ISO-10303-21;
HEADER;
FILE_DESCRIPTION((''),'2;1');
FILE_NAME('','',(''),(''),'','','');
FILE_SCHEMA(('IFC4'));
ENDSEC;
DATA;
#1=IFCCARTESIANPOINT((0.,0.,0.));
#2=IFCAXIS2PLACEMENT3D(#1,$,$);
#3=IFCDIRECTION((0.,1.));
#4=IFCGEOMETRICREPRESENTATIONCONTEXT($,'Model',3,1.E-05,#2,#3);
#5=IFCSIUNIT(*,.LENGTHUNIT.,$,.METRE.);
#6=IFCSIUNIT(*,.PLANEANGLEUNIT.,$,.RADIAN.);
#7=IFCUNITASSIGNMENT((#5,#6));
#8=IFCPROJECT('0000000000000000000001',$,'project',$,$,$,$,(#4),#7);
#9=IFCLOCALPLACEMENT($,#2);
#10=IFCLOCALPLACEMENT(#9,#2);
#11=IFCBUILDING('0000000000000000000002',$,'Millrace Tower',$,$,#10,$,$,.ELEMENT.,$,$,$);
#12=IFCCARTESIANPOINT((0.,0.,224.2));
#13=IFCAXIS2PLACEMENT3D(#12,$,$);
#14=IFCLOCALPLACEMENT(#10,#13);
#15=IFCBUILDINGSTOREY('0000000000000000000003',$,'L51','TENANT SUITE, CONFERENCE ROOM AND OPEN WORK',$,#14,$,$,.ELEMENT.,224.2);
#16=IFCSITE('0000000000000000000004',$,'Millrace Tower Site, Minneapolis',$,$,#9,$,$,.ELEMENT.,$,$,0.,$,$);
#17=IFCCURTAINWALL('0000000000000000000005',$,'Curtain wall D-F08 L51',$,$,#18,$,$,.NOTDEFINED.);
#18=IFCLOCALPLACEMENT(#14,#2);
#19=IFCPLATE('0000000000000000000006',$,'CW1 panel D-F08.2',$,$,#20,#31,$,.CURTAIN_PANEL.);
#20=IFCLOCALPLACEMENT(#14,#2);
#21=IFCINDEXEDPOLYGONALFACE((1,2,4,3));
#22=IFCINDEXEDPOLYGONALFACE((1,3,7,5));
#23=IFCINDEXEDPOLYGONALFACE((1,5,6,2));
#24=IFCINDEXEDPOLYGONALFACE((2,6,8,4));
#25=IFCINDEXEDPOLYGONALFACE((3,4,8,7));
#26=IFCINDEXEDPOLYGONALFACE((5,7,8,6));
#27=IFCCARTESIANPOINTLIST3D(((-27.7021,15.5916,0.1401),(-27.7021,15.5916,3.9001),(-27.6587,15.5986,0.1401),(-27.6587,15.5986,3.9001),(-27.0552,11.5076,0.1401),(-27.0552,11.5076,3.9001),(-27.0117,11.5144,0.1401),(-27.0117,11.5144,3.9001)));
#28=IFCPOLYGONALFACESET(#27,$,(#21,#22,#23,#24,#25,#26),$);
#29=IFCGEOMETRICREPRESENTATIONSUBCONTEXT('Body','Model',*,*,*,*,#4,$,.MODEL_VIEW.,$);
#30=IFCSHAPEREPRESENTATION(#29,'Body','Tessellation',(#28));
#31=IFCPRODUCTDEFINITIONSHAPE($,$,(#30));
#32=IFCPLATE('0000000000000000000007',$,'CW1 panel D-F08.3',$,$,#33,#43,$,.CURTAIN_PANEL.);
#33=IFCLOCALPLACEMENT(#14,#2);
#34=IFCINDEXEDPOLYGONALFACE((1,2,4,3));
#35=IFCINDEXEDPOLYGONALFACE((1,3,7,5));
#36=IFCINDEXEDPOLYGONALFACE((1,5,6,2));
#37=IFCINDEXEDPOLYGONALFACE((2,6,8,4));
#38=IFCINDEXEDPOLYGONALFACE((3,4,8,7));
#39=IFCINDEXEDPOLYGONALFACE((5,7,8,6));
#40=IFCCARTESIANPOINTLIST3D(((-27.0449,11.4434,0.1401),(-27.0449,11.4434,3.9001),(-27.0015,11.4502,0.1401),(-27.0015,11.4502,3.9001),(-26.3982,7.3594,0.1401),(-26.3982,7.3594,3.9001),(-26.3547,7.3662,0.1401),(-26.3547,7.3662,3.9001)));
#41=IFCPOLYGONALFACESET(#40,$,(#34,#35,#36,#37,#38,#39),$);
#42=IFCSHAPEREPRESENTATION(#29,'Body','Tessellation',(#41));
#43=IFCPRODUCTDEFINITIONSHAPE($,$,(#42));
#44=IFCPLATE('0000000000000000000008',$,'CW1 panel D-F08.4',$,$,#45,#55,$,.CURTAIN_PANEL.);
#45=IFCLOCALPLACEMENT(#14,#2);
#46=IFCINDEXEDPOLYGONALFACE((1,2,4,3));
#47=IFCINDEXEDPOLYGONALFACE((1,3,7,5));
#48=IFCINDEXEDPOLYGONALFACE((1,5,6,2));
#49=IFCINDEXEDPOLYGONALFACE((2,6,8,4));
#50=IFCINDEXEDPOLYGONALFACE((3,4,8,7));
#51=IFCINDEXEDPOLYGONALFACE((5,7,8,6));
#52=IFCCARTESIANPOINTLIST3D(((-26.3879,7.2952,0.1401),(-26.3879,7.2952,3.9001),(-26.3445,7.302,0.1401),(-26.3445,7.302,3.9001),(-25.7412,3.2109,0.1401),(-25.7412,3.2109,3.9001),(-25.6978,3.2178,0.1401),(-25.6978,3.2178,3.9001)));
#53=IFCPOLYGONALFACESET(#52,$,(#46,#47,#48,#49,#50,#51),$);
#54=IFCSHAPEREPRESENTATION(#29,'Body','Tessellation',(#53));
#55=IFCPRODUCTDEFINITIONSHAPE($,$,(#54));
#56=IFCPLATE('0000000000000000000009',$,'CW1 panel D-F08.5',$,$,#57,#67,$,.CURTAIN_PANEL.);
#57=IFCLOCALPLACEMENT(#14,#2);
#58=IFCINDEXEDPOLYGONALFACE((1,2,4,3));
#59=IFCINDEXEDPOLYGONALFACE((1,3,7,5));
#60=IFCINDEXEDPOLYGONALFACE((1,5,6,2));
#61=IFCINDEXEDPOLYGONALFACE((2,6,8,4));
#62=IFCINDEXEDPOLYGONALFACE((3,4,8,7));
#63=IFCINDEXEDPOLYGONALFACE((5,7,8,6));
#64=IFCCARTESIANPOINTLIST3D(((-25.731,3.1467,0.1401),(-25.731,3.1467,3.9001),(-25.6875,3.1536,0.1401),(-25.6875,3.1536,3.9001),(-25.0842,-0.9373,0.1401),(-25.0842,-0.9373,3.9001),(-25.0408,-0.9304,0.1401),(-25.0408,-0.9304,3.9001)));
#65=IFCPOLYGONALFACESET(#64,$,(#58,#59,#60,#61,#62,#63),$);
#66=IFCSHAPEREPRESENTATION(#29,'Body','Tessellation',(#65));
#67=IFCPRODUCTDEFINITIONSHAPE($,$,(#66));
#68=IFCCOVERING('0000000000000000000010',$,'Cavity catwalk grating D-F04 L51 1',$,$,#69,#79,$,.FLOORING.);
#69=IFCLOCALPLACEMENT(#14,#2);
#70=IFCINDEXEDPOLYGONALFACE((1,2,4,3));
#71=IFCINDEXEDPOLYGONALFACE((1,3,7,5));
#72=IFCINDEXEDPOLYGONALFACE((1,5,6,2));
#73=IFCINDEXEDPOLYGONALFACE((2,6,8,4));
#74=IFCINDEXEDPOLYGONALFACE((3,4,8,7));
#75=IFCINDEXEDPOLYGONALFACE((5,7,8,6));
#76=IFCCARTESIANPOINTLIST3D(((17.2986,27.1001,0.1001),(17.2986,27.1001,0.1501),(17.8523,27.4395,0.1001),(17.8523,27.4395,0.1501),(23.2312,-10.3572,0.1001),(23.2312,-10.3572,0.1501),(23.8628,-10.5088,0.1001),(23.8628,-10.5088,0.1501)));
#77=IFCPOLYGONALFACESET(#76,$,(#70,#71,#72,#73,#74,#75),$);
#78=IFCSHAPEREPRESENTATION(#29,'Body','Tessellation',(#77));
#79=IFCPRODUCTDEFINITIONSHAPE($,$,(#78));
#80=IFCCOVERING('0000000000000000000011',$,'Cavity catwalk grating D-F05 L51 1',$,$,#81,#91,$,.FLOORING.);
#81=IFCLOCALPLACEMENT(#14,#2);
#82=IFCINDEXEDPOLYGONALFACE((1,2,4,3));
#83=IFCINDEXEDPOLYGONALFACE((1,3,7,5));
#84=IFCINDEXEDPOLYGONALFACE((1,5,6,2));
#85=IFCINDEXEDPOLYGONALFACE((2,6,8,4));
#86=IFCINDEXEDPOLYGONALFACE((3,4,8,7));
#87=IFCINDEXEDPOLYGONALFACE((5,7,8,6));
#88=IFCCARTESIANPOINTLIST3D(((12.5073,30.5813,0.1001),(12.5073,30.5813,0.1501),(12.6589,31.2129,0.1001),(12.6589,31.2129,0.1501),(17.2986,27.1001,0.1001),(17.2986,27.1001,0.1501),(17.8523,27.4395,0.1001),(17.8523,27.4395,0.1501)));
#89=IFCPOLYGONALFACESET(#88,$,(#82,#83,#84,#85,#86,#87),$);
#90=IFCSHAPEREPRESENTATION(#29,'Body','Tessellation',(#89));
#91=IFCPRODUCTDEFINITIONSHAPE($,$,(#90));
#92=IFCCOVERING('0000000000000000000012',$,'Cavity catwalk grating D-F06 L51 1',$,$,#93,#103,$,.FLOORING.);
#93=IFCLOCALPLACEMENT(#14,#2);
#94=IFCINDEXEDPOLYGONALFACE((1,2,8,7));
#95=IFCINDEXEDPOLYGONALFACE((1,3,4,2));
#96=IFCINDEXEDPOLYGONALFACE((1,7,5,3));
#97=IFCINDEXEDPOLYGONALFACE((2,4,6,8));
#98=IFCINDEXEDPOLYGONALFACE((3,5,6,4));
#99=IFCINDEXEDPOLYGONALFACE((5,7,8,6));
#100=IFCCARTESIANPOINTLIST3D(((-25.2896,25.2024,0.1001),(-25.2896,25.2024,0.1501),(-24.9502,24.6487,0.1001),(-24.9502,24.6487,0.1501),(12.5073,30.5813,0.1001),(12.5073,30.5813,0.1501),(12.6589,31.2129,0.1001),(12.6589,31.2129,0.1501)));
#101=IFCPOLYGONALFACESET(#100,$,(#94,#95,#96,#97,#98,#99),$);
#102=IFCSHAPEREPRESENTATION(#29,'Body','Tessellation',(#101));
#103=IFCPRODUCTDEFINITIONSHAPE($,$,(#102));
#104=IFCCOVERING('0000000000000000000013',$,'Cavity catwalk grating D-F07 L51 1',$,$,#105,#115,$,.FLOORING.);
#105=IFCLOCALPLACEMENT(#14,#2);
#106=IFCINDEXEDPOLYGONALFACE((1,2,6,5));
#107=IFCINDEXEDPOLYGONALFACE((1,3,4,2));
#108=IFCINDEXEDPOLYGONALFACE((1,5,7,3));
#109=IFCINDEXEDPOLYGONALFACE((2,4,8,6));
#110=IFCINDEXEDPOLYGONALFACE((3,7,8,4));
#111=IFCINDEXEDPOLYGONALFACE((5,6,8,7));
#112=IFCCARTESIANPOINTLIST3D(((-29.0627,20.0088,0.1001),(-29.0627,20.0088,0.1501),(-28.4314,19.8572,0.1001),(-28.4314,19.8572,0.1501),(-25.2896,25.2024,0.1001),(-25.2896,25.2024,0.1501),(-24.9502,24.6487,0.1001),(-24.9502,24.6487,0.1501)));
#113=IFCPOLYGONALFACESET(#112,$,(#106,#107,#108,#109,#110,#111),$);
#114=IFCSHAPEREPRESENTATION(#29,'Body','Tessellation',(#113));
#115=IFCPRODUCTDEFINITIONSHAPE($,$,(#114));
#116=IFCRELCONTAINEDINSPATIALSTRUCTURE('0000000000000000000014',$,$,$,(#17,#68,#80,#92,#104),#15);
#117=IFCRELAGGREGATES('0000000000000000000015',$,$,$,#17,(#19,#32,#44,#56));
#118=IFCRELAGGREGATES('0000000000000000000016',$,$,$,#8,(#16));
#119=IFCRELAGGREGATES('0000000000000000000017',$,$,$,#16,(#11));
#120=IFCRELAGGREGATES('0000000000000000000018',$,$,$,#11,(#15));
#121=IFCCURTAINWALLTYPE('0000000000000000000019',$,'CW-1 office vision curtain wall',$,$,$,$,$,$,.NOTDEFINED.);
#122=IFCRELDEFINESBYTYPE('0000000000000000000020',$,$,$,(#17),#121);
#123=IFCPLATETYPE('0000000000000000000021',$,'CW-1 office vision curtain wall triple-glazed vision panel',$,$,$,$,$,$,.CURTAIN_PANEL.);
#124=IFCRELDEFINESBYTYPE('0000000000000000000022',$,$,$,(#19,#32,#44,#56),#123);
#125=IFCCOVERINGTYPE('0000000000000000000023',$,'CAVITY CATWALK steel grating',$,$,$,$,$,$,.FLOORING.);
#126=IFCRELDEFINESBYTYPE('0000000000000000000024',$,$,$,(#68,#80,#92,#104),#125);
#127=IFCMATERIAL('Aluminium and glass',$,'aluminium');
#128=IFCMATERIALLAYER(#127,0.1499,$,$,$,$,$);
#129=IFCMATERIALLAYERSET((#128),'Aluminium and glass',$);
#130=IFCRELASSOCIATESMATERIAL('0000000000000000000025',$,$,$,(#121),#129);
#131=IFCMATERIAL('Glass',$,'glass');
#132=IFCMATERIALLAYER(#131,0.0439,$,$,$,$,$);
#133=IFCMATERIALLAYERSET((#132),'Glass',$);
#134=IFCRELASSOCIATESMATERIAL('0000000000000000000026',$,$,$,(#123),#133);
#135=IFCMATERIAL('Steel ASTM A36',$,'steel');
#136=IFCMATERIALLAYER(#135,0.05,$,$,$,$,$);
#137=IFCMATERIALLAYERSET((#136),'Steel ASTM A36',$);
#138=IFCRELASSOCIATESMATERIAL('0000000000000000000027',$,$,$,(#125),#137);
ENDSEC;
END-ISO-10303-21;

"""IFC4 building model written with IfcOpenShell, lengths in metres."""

from ifc_helpers import new_model, si_unit, direction, frame, origin, place, context, subcontext, project, spatial, polyline, outline, extrude, material, layer, layer_set, type_object, element, aggregate, save


model = new_model("IFC4")

# Units and contexts
model_context = context("Model", 3, precision=1e-05, world=origin(), true_north=direction((0.0, 1.0)))
body_context = subcontext(model_context, "Body", "Model", "MODEL_VIEW")
ifc_project = project(units=[si_unit("LENGTHUNIT", "METRE"), si_unit("PLANEANGLEUNIT", "RADIAN")], contexts=[model_context])

# Site, building, storey
site_placement = place(None, origin())
site = spatial("IfcSite", under=ifc_project, at=site_placement, Name="Millrace Tower Site, Minneapolis", CompositionType="ELEMENT", RefElevation=0.0)
building_placement = place(site_placement, origin())
building = spatial("IfcBuilding", under=site, at=building_placement, Name="Millrace Tower", CompositionType="ELEMENT")
storey_placement = place(building_placement, frame((0.0, 0.0, 224.2)))
storey = spatial("IfcBuildingStorey", under=building, at=storey_placement, Name="L51", Description="TENANT SUITE, CONFERENCE ROOM AND OPEN WORK", CompositionType="ELEMENT", Elevation=224.2)

# Shared definitions
ifc_material_1 = material(Name="Aluminium and glass", Category="aluminium")
ifc_layer_1 = layer(ifc_material_1, 0.1499)
ifc_layer_set_1 = layer_set([ifc_layer_1], Name="Aluminium and glass")
curtain_wall_type = type_object("IfcCurtainWallType", Name="CW-1 office vision curtain wall", PredefinedType="NOTDEFINED", material=ifc_layer_set_1)
placement_1 = place(storey_placement, origin())
ifc_material_2 = material(Name="Glass", Category="glass")
ifc_layer_2 = layer(ifc_material_2, 0.0439)
ifc_layer_set_2 = layer_set([ifc_layer_2], Name="Glass")
plate_type = type_object("IfcPlateType", Name="CW-1 office vision curtain wall triple-glazed vision panel", PredefinedType="CURTAIN_PANEL", material=ifc_layer_set_2)
placement_2 = place(storey_placement, frame((0.0, 0.0, 0.1401)))

# Curtain wall, plates
curtain_wall_1 = element("IfcCurtainWall", 1, at=placement_1, inside=storey, type_object=curtain_wall_type, Name="Curtain wall D-F08 L51", PredefinedType="NOTDEFINED")
plate_1 = element("IfcPlate", 2, at=placement_2, type_object=plate_type, Name="CW1 panel D-F08.2", PredefinedType="CURTAIN_PANEL", context=body_context, shape_type="SweptSolid", body=[
    extrude(outline(polyline([(-27.7021, 15.5916), (-27.0552, 11.5076), (-27.0117, 11.5144), (-27.6587, 15.5986), (-27.7021, 15.5916)])), origin(), (0.0, 0.0, 1.0), 3.76),
])
plate_2 = element("IfcPlate", 3, at=placement_2, type_object=plate_type, Name="CW1 panel D-F08.3", PredefinedType="CURTAIN_PANEL", context=body_context, shape_type="SweptSolid", body=[
    extrude(outline(polyline([(-27.0449, 11.4434), (-26.3982, 7.3594), (-26.3547, 7.3662), (-27.0015, 11.4502), (-27.0449, 11.4434)])), origin(), (0.0, 0.0, 1.0), 3.76),
])
plate_3 = element("IfcPlate", 4, at=placement_2, type_object=plate_type, Name="CW1 panel D-F08.4", PredefinedType="CURTAIN_PANEL", context=body_context, shape_type="SweptSolid", body=[
    extrude(outline(polyline([(-26.3879, 7.2952), (-25.7412, 3.2109), (-25.6978, 3.2178), (-26.3445, 7.302), (-26.3879, 7.2952)])), origin(), (0.0, 0.0, 1.0), 3.76),
])
plate_4 = element("IfcPlate", 5, at=placement_2, type_object=plate_type, Name="CW1 panel D-F08.5", PredefinedType="CURTAIN_PANEL", context=body_context, shape_type="SweptSolid", body=[
    extrude(outline(polyline([(-25.731, 3.1467), (-25.0842, -0.9373), (-25.0408, -0.9304), (-25.6875, 3.1536), (-25.731, 3.1467)])), origin(), (0.0, 0.0, 1.0), 3.76),
])
aggregate(curtain_wall_1, [plate_1, plate_2, plate_3, plate_4])

# Coverings
ifc_material_3 = material(Name="Steel ASTM A36", Category="steel")
ifc_layer_3 = layer(ifc_material_3, 0.05)
ifc_layer_set_3 = layer_set([ifc_layer_3], Name="Steel ASTM A36")
covering_type = type_object("IfcCoveringType", Name="CAVITY CATWALK steel grating", PredefinedType="FLOORING", material=ifc_layer_set_3)
placement_3 = place(storey_placement, frame((0.0, 0.0, 0.1001)))
element("IfcCovering", 6, at=placement_3, inside=storey, type_object=covering_type, Name="Cavity catwalk grating D-F04 L51 1", PredefinedType="FLOORING", context=body_context, shape_type="SweptSolid", body=[
    extrude(outline(polyline([(23.8628, -10.5088), (17.8523, 27.4395), (17.2986, 27.1001), (23.2312, -10.3572), (23.8628, -10.5088)])), origin(), (0.0, 0.0, 1.0), 0.05),
])
element("IfcCovering", 7, at=placement_3, inside=storey, type_object=covering_type, Name="Cavity catwalk grating D-F05 L51 1", PredefinedType="FLOORING", context=body_context, shape_type="SweptSolid", body=[
    extrude(outline(polyline([(17.8523, 27.4395), (12.6589, 31.2129), (12.5073, 30.5813), (17.2986, 27.1001), (17.8523, 27.4395)])), origin(), (0.0, 0.0, 1.0), 0.05),
])
element("IfcCovering", 8, at=placement_3, inside=storey, type_object=covering_type, Name="Cavity catwalk grating D-F06 L51 1", PredefinedType="FLOORING", context=body_context, shape_type="SweptSolid", body=[
    extrude(outline(polyline([(12.6589, 31.2129), (-25.2896, 25.2024), (-24.9502, 24.6487), (12.5073, 30.5813), (12.6589, 31.2129)])), origin(), (0.0, 0.0, 1.0), 0.05),
])
element("IfcCovering", 9, at=placement_3, inside=storey, type_object=covering_type, Name="Cavity catwalk grating D-F07 L51 1", PredefinedType="FLOORING", context=body_context, shape_type="SweptSolid", body=[
    extrude(outline(polyline([(-25.2896, 25.2024), (-29.0627, 20.0088), (-28.4314, 19.8572), (-24.9502, 24.6487), (-25.2896, 25.2024)])), origin(), (0.0, 0.0, 1.0), 0.05),
])

save(model, "model.ifc")
